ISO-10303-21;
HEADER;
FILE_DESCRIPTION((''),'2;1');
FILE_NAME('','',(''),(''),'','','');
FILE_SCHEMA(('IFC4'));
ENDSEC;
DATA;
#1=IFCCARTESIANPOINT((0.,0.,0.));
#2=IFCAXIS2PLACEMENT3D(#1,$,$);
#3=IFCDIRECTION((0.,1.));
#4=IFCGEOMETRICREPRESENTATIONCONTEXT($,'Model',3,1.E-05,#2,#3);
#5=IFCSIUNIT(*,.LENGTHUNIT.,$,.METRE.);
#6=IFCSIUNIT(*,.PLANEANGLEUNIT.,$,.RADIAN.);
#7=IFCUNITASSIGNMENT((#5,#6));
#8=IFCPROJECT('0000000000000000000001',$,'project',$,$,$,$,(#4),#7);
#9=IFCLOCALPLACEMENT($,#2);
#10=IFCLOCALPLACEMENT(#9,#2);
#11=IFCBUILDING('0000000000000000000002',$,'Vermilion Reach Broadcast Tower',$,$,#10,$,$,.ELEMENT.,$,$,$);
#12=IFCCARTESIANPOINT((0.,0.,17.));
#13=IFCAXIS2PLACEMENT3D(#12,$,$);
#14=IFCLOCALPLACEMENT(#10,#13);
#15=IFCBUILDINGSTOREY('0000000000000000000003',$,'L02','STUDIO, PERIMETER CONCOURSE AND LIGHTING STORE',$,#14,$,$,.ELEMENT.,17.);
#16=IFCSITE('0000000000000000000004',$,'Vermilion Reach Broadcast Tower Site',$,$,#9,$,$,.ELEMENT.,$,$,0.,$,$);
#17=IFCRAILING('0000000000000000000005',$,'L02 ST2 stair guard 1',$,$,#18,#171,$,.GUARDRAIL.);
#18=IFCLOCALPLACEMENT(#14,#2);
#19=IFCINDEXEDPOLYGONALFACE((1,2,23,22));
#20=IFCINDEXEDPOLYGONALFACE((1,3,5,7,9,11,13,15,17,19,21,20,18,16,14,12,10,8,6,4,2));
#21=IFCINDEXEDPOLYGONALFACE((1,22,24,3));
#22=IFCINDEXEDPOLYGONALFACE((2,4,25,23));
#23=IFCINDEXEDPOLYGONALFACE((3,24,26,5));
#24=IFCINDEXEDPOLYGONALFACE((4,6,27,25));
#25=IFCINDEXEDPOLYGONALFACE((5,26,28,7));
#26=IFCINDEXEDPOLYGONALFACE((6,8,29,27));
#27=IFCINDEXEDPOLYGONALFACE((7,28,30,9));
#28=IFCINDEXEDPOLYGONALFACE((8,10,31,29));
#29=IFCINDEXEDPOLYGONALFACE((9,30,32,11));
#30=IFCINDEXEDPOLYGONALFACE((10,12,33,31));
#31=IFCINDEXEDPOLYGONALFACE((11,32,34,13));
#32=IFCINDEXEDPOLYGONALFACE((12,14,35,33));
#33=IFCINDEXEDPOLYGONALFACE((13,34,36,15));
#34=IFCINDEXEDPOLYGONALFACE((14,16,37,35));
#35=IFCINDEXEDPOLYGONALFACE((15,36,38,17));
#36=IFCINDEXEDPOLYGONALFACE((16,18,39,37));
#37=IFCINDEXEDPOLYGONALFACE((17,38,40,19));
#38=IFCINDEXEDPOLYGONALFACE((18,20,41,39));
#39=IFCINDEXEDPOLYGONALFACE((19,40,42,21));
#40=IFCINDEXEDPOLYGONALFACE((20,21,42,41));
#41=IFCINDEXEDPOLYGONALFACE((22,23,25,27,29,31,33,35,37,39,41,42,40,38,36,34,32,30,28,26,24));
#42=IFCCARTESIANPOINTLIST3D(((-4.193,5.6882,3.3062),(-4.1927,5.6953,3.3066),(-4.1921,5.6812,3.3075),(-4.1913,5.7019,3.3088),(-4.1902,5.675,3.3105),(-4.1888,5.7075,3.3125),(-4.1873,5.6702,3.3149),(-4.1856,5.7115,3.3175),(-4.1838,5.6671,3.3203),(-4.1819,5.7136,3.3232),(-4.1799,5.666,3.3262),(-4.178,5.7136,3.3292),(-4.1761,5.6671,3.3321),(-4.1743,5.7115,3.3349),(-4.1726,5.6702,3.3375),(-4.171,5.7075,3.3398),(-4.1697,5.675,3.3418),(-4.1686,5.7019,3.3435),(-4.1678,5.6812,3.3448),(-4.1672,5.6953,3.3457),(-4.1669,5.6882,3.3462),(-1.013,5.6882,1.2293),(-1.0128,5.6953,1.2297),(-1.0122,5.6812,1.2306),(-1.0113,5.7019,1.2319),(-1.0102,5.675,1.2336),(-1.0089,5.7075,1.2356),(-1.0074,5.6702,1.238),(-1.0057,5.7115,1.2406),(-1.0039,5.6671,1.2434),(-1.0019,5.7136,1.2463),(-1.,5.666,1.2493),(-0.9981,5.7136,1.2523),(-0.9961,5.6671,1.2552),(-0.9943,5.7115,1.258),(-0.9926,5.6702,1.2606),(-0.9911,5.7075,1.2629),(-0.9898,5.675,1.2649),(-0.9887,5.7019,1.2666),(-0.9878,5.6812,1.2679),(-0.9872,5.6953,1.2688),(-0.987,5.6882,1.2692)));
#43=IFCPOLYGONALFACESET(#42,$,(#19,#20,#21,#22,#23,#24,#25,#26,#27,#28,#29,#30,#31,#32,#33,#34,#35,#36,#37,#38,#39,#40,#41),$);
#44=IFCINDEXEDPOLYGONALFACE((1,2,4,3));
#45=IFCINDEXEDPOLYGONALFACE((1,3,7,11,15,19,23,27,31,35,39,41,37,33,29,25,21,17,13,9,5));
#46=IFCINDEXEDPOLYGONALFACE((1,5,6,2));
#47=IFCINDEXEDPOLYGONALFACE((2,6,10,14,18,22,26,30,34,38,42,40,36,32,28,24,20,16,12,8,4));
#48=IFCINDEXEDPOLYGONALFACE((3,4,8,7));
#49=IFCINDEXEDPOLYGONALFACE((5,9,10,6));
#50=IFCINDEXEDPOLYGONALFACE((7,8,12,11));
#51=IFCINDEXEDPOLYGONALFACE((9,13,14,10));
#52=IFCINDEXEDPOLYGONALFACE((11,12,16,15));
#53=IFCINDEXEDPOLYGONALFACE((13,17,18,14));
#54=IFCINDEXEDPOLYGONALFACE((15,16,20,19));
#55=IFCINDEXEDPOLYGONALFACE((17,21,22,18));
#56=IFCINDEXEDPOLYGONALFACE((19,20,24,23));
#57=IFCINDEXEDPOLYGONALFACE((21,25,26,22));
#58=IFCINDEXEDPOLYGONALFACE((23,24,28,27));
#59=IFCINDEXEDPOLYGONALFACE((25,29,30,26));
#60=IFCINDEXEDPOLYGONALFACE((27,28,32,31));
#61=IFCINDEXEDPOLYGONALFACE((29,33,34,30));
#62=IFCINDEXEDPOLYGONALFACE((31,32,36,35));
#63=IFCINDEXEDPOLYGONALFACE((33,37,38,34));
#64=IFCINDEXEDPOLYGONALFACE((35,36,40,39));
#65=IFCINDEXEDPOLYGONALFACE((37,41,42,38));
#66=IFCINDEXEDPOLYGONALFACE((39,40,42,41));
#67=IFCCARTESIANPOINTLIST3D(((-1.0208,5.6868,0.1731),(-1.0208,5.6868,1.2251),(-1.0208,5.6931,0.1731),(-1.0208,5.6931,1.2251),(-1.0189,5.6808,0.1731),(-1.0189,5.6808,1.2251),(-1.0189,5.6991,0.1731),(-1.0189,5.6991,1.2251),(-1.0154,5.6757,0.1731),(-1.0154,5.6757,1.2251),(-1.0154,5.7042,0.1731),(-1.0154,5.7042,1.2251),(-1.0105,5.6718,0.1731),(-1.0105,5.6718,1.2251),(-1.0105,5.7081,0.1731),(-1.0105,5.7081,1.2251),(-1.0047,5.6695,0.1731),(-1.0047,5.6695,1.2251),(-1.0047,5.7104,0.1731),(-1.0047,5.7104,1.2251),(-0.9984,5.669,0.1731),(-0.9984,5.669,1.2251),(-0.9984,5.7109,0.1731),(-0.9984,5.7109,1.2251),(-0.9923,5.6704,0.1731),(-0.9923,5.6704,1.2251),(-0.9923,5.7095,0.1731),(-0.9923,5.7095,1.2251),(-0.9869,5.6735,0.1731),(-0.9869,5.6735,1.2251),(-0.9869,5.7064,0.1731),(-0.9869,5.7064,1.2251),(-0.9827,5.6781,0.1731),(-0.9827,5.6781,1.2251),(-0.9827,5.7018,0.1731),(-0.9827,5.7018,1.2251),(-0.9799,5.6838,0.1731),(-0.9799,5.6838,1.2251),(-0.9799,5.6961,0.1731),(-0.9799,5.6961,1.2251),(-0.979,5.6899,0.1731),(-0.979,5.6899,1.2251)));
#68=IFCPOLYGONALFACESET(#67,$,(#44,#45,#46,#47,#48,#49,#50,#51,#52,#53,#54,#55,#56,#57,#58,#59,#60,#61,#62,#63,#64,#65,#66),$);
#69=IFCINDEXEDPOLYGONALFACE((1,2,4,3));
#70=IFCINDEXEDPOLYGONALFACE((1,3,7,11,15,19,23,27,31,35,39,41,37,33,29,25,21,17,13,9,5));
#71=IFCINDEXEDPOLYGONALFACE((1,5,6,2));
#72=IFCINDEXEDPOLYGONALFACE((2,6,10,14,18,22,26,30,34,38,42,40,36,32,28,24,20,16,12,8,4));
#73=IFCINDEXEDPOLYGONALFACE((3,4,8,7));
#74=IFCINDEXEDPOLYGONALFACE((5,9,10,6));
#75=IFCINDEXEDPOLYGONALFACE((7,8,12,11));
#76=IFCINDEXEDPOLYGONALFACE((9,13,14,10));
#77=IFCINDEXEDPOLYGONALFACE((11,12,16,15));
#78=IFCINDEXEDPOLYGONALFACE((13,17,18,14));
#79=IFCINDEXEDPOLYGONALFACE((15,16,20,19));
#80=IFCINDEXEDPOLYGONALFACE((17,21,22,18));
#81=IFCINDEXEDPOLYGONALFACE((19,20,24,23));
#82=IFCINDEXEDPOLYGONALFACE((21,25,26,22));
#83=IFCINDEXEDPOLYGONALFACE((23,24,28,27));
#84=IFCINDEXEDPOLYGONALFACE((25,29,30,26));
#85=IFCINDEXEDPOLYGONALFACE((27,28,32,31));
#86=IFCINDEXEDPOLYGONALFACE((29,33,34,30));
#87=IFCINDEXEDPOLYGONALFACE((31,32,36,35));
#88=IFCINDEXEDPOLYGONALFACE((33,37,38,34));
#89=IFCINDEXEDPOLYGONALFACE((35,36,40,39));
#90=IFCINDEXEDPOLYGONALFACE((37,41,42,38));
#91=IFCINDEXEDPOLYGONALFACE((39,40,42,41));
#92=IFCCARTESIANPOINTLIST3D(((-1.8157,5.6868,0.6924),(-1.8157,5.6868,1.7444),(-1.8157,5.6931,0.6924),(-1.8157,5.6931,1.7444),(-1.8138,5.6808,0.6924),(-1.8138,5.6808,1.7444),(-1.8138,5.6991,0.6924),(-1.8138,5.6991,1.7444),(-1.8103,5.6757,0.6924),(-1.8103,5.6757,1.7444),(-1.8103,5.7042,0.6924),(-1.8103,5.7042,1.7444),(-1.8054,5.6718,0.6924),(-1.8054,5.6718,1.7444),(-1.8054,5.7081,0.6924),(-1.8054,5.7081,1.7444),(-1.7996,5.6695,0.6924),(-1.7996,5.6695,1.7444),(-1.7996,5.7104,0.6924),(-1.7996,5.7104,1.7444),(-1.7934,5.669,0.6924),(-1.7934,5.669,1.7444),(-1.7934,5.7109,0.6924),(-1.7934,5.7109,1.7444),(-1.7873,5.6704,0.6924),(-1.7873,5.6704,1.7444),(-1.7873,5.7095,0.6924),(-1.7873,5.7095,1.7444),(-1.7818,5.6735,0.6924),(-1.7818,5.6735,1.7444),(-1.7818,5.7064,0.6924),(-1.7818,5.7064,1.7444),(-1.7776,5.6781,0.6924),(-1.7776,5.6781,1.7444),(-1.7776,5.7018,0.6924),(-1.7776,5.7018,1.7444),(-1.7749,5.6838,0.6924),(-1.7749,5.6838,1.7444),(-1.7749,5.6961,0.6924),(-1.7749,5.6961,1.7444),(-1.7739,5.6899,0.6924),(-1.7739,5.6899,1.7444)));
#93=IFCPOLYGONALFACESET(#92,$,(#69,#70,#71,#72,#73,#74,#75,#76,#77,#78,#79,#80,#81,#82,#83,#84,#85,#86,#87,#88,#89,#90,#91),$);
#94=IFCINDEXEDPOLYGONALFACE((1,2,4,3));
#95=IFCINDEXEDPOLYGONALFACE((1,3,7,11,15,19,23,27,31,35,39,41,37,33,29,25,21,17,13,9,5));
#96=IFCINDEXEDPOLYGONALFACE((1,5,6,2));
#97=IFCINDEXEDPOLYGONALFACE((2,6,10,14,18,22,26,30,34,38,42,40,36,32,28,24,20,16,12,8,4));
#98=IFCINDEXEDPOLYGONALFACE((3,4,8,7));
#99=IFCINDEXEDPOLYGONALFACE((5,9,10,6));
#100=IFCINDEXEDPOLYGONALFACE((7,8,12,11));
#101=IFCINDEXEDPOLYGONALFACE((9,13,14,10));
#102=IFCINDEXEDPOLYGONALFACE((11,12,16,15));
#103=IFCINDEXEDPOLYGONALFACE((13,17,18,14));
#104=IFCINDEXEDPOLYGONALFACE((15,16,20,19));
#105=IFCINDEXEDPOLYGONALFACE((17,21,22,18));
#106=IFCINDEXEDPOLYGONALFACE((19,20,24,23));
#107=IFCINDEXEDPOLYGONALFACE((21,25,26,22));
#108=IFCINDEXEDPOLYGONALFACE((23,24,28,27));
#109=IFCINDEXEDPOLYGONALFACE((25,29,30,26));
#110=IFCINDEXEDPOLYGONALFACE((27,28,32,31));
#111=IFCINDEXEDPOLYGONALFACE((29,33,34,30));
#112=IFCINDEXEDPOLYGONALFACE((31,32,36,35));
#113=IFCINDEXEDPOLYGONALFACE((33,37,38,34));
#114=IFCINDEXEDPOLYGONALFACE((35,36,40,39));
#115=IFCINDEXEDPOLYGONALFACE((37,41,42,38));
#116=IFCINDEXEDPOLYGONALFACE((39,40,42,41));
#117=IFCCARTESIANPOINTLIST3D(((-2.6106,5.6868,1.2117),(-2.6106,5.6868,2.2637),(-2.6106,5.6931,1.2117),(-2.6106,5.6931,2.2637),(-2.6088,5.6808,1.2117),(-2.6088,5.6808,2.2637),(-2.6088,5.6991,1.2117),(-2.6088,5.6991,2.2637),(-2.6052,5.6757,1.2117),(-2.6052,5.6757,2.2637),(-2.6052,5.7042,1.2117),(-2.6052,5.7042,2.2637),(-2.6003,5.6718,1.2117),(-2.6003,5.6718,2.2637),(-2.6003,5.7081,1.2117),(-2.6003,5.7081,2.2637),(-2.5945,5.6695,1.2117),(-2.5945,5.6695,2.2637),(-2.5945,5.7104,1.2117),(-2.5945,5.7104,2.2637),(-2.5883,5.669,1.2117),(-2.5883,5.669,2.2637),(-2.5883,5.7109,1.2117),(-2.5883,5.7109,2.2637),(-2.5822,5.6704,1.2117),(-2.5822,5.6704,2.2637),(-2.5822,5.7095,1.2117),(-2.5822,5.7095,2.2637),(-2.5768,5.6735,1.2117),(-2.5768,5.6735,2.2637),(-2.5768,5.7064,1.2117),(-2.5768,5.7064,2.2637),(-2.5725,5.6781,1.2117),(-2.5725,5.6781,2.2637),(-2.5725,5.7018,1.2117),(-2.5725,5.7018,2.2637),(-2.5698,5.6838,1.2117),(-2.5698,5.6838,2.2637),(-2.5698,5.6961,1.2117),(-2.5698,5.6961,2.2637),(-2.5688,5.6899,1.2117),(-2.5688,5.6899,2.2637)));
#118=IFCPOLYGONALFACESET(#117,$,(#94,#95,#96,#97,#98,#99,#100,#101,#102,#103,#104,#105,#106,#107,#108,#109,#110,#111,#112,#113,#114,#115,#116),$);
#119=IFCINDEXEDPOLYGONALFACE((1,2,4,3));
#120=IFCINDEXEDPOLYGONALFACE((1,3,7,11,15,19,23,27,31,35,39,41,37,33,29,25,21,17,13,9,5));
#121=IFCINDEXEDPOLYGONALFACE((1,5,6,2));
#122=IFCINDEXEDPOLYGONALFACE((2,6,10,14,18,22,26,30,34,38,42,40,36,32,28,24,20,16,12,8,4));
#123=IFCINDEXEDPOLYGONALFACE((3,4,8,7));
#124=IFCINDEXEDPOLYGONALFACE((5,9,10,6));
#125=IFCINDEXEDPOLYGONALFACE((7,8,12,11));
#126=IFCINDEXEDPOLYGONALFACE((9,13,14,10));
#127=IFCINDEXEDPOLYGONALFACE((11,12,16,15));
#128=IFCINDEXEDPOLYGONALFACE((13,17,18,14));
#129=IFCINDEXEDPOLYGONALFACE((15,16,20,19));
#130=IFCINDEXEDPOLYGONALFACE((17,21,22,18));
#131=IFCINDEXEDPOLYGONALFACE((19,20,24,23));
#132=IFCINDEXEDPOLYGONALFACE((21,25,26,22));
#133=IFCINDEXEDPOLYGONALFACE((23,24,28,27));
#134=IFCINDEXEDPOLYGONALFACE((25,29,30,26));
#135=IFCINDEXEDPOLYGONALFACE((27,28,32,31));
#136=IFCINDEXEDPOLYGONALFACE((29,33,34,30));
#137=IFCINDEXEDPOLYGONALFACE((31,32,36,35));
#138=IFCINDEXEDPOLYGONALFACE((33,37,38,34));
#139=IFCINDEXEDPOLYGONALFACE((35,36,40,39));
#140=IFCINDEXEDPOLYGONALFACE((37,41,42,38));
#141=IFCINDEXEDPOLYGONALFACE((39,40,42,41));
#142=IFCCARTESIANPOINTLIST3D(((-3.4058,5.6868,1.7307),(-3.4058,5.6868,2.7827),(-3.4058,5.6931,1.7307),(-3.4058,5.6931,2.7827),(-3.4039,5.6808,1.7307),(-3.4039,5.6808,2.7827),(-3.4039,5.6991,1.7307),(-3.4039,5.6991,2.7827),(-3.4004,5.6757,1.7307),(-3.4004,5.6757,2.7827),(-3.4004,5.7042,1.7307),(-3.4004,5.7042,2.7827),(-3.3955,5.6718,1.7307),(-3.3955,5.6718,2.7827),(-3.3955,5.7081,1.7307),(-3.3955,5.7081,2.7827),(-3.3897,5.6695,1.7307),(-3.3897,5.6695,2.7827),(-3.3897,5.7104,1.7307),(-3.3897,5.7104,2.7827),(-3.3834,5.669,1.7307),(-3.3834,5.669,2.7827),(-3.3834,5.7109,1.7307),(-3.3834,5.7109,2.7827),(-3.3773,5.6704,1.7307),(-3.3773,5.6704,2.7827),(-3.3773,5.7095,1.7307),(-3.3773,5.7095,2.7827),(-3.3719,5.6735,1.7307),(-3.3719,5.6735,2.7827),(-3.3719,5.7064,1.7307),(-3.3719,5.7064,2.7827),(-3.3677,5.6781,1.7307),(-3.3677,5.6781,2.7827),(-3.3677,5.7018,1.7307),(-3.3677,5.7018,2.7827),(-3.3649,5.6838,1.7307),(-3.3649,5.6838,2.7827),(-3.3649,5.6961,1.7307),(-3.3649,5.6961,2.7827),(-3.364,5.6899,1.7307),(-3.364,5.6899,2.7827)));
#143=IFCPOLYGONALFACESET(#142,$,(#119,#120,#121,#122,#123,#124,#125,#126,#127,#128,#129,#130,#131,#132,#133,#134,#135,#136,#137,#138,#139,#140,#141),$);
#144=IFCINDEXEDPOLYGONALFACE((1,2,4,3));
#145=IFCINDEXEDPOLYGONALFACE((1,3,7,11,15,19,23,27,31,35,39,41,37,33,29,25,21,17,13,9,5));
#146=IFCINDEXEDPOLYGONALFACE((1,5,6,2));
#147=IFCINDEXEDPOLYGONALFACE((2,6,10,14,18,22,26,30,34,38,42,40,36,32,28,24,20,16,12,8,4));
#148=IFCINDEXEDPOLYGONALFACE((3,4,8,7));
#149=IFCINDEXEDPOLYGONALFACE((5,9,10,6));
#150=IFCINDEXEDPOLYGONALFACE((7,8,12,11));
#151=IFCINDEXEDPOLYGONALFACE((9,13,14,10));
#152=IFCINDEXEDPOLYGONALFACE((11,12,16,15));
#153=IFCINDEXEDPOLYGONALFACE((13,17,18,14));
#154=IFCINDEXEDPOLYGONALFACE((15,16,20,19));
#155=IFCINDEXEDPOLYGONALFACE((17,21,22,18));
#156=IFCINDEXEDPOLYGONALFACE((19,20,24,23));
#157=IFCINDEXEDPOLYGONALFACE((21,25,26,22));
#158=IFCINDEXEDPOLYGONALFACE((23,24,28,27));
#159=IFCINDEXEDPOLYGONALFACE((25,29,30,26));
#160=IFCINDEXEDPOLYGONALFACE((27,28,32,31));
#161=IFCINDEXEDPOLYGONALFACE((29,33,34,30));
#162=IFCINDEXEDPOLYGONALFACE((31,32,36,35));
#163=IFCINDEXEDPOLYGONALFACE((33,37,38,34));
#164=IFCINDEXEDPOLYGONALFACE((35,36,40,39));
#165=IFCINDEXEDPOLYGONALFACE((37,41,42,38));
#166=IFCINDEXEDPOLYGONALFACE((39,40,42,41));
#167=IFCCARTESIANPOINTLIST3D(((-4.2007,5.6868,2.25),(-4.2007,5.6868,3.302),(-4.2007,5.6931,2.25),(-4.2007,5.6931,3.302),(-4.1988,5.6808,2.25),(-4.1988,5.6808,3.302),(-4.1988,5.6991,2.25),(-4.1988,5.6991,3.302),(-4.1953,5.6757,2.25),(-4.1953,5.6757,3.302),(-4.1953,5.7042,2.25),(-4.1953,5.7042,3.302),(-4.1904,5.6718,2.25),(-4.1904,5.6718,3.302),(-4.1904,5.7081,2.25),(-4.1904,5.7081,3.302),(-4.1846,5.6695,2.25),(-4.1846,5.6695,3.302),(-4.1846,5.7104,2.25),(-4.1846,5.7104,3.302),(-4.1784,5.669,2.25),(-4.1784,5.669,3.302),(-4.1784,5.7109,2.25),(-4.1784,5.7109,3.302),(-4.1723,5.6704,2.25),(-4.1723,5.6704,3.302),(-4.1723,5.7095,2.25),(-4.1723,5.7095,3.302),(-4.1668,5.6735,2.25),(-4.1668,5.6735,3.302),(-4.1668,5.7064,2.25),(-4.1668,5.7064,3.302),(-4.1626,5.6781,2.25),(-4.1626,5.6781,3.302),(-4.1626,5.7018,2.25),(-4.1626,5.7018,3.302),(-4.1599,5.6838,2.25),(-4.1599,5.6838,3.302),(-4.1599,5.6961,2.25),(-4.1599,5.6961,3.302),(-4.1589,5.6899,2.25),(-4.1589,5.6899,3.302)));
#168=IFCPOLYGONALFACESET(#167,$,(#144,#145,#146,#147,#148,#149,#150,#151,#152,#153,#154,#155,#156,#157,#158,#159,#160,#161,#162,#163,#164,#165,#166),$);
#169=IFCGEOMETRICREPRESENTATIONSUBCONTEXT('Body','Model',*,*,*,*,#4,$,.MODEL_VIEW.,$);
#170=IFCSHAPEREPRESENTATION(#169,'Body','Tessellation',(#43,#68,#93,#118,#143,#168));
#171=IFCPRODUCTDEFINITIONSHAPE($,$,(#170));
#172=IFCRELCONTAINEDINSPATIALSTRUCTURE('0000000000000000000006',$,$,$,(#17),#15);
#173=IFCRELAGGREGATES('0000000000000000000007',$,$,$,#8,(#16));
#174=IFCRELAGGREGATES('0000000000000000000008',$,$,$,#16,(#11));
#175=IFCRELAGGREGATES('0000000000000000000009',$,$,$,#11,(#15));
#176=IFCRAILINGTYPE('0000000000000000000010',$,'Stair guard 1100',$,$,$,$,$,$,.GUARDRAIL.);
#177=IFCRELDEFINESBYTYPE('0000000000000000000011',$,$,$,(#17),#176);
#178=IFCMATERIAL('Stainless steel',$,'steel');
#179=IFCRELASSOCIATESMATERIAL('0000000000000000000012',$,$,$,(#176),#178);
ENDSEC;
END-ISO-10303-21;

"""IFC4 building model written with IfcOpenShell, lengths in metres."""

from ifc_helpers import new_model, si_unit, direction, frame, origin, origin_2d, place, context, subcontext, project, spatial, circle, extrude, material, type_object, element, save


model = new_model("IFC4")

# Units and contexts
model_context = context("Model", 3, precision=1e-05, world=origin(), true_north=direction((0.0, 1.0)))
body_context = subcontext(model_context, "Body", "Model", "MODEL_VIEW")
ifc_project = project(units=[si_unit("LENGTHUNIT", "METRE"), si_unit("PLANEANGLEUNIT", "RADIAN")], contexts=[model_context])

# Site, building, storey
site_placement = place(None, origin())
site = spatial("IfcSite", under=ifc_project, at=site_placement, Name="Vermilion Reach Broadcast Tower Site", CompositionType="ELEMENT", RefElevation=0.0)
building_placement = place(site_placement, origin())
building = spatial("IfcBuilding", under=site, at=building_placement, Name="Vermilion Reach Broadcast Tower", CompositionType="ELEMENT")
storey_placement = place(building_placement, frame((0.0, 0.0, 17.0)))
storey = spatial("IfcBuildingStorey", under=building, at=storey_placement, Name="L02", Description="STUDIO, PERIMETER CONCOURSE AND LIGHTING STORE", CompositionType="ELEMENT", Elevation=17.0)

# Railing
ifc_material_1 = material(Name="Stainless steel", Category="steel")
railing_type_1 = type_object("IfcRailingType", Name="Stair guard 1100", PredefinedType="GUARDRAIL", material=ifc_material_1)
for number, where, name in (
    (1, (-1.0, 5.6899, 0.1731), "L02 ST2 stair guard 1"),
):
    element("IfcRailing", number, at=place(storey_placement, frame(where)), inside=storey, type_object=railing_type_1, Name=name, PredefinedType="GUARDRAIL", context=body_context, shape_type="SweptSolid", body=[
        extrude(circle(Radius=0.0239, at=origin_2d()), frame((0.0, 0.0, 1.0762), z_axis=(-0.837245, 0.0, 0.546828), x_axis=(0.0, -1.0, 0.0)), (0.0, 0.0, 1.0), 3.7981),
        extrude(circle(Radius=0.021, at=origin_2d()), origin(), (0.0, 0.0, 1.0), 1.052),
        extrude(circle(Radius=0.021, at=origin_2d()), frame((-0.7949, 0.0, 0.5193)), (0.0, 0.0, 1.0), 1.052),
        extrude(circle(Radius=0.021, at=origin_2d()), frame((-1.5898, 0.0, 1.0386)), (0.0, 0.0, 1.0), 1.052),
        extrude(circle(Radius=0.021, at=origin_2d()), frame((-2.385, 0.0, 1.5576)), (0.0, 0.0, 1.0), 1.052),
        extrude(circle(Radius=0.021, at=origin_2d()), frame((-3.1799, 0.0, 2.0769)), (0.0, 0.0, 1.0), 1.052),
    ])

save(model, "model.ifc")
